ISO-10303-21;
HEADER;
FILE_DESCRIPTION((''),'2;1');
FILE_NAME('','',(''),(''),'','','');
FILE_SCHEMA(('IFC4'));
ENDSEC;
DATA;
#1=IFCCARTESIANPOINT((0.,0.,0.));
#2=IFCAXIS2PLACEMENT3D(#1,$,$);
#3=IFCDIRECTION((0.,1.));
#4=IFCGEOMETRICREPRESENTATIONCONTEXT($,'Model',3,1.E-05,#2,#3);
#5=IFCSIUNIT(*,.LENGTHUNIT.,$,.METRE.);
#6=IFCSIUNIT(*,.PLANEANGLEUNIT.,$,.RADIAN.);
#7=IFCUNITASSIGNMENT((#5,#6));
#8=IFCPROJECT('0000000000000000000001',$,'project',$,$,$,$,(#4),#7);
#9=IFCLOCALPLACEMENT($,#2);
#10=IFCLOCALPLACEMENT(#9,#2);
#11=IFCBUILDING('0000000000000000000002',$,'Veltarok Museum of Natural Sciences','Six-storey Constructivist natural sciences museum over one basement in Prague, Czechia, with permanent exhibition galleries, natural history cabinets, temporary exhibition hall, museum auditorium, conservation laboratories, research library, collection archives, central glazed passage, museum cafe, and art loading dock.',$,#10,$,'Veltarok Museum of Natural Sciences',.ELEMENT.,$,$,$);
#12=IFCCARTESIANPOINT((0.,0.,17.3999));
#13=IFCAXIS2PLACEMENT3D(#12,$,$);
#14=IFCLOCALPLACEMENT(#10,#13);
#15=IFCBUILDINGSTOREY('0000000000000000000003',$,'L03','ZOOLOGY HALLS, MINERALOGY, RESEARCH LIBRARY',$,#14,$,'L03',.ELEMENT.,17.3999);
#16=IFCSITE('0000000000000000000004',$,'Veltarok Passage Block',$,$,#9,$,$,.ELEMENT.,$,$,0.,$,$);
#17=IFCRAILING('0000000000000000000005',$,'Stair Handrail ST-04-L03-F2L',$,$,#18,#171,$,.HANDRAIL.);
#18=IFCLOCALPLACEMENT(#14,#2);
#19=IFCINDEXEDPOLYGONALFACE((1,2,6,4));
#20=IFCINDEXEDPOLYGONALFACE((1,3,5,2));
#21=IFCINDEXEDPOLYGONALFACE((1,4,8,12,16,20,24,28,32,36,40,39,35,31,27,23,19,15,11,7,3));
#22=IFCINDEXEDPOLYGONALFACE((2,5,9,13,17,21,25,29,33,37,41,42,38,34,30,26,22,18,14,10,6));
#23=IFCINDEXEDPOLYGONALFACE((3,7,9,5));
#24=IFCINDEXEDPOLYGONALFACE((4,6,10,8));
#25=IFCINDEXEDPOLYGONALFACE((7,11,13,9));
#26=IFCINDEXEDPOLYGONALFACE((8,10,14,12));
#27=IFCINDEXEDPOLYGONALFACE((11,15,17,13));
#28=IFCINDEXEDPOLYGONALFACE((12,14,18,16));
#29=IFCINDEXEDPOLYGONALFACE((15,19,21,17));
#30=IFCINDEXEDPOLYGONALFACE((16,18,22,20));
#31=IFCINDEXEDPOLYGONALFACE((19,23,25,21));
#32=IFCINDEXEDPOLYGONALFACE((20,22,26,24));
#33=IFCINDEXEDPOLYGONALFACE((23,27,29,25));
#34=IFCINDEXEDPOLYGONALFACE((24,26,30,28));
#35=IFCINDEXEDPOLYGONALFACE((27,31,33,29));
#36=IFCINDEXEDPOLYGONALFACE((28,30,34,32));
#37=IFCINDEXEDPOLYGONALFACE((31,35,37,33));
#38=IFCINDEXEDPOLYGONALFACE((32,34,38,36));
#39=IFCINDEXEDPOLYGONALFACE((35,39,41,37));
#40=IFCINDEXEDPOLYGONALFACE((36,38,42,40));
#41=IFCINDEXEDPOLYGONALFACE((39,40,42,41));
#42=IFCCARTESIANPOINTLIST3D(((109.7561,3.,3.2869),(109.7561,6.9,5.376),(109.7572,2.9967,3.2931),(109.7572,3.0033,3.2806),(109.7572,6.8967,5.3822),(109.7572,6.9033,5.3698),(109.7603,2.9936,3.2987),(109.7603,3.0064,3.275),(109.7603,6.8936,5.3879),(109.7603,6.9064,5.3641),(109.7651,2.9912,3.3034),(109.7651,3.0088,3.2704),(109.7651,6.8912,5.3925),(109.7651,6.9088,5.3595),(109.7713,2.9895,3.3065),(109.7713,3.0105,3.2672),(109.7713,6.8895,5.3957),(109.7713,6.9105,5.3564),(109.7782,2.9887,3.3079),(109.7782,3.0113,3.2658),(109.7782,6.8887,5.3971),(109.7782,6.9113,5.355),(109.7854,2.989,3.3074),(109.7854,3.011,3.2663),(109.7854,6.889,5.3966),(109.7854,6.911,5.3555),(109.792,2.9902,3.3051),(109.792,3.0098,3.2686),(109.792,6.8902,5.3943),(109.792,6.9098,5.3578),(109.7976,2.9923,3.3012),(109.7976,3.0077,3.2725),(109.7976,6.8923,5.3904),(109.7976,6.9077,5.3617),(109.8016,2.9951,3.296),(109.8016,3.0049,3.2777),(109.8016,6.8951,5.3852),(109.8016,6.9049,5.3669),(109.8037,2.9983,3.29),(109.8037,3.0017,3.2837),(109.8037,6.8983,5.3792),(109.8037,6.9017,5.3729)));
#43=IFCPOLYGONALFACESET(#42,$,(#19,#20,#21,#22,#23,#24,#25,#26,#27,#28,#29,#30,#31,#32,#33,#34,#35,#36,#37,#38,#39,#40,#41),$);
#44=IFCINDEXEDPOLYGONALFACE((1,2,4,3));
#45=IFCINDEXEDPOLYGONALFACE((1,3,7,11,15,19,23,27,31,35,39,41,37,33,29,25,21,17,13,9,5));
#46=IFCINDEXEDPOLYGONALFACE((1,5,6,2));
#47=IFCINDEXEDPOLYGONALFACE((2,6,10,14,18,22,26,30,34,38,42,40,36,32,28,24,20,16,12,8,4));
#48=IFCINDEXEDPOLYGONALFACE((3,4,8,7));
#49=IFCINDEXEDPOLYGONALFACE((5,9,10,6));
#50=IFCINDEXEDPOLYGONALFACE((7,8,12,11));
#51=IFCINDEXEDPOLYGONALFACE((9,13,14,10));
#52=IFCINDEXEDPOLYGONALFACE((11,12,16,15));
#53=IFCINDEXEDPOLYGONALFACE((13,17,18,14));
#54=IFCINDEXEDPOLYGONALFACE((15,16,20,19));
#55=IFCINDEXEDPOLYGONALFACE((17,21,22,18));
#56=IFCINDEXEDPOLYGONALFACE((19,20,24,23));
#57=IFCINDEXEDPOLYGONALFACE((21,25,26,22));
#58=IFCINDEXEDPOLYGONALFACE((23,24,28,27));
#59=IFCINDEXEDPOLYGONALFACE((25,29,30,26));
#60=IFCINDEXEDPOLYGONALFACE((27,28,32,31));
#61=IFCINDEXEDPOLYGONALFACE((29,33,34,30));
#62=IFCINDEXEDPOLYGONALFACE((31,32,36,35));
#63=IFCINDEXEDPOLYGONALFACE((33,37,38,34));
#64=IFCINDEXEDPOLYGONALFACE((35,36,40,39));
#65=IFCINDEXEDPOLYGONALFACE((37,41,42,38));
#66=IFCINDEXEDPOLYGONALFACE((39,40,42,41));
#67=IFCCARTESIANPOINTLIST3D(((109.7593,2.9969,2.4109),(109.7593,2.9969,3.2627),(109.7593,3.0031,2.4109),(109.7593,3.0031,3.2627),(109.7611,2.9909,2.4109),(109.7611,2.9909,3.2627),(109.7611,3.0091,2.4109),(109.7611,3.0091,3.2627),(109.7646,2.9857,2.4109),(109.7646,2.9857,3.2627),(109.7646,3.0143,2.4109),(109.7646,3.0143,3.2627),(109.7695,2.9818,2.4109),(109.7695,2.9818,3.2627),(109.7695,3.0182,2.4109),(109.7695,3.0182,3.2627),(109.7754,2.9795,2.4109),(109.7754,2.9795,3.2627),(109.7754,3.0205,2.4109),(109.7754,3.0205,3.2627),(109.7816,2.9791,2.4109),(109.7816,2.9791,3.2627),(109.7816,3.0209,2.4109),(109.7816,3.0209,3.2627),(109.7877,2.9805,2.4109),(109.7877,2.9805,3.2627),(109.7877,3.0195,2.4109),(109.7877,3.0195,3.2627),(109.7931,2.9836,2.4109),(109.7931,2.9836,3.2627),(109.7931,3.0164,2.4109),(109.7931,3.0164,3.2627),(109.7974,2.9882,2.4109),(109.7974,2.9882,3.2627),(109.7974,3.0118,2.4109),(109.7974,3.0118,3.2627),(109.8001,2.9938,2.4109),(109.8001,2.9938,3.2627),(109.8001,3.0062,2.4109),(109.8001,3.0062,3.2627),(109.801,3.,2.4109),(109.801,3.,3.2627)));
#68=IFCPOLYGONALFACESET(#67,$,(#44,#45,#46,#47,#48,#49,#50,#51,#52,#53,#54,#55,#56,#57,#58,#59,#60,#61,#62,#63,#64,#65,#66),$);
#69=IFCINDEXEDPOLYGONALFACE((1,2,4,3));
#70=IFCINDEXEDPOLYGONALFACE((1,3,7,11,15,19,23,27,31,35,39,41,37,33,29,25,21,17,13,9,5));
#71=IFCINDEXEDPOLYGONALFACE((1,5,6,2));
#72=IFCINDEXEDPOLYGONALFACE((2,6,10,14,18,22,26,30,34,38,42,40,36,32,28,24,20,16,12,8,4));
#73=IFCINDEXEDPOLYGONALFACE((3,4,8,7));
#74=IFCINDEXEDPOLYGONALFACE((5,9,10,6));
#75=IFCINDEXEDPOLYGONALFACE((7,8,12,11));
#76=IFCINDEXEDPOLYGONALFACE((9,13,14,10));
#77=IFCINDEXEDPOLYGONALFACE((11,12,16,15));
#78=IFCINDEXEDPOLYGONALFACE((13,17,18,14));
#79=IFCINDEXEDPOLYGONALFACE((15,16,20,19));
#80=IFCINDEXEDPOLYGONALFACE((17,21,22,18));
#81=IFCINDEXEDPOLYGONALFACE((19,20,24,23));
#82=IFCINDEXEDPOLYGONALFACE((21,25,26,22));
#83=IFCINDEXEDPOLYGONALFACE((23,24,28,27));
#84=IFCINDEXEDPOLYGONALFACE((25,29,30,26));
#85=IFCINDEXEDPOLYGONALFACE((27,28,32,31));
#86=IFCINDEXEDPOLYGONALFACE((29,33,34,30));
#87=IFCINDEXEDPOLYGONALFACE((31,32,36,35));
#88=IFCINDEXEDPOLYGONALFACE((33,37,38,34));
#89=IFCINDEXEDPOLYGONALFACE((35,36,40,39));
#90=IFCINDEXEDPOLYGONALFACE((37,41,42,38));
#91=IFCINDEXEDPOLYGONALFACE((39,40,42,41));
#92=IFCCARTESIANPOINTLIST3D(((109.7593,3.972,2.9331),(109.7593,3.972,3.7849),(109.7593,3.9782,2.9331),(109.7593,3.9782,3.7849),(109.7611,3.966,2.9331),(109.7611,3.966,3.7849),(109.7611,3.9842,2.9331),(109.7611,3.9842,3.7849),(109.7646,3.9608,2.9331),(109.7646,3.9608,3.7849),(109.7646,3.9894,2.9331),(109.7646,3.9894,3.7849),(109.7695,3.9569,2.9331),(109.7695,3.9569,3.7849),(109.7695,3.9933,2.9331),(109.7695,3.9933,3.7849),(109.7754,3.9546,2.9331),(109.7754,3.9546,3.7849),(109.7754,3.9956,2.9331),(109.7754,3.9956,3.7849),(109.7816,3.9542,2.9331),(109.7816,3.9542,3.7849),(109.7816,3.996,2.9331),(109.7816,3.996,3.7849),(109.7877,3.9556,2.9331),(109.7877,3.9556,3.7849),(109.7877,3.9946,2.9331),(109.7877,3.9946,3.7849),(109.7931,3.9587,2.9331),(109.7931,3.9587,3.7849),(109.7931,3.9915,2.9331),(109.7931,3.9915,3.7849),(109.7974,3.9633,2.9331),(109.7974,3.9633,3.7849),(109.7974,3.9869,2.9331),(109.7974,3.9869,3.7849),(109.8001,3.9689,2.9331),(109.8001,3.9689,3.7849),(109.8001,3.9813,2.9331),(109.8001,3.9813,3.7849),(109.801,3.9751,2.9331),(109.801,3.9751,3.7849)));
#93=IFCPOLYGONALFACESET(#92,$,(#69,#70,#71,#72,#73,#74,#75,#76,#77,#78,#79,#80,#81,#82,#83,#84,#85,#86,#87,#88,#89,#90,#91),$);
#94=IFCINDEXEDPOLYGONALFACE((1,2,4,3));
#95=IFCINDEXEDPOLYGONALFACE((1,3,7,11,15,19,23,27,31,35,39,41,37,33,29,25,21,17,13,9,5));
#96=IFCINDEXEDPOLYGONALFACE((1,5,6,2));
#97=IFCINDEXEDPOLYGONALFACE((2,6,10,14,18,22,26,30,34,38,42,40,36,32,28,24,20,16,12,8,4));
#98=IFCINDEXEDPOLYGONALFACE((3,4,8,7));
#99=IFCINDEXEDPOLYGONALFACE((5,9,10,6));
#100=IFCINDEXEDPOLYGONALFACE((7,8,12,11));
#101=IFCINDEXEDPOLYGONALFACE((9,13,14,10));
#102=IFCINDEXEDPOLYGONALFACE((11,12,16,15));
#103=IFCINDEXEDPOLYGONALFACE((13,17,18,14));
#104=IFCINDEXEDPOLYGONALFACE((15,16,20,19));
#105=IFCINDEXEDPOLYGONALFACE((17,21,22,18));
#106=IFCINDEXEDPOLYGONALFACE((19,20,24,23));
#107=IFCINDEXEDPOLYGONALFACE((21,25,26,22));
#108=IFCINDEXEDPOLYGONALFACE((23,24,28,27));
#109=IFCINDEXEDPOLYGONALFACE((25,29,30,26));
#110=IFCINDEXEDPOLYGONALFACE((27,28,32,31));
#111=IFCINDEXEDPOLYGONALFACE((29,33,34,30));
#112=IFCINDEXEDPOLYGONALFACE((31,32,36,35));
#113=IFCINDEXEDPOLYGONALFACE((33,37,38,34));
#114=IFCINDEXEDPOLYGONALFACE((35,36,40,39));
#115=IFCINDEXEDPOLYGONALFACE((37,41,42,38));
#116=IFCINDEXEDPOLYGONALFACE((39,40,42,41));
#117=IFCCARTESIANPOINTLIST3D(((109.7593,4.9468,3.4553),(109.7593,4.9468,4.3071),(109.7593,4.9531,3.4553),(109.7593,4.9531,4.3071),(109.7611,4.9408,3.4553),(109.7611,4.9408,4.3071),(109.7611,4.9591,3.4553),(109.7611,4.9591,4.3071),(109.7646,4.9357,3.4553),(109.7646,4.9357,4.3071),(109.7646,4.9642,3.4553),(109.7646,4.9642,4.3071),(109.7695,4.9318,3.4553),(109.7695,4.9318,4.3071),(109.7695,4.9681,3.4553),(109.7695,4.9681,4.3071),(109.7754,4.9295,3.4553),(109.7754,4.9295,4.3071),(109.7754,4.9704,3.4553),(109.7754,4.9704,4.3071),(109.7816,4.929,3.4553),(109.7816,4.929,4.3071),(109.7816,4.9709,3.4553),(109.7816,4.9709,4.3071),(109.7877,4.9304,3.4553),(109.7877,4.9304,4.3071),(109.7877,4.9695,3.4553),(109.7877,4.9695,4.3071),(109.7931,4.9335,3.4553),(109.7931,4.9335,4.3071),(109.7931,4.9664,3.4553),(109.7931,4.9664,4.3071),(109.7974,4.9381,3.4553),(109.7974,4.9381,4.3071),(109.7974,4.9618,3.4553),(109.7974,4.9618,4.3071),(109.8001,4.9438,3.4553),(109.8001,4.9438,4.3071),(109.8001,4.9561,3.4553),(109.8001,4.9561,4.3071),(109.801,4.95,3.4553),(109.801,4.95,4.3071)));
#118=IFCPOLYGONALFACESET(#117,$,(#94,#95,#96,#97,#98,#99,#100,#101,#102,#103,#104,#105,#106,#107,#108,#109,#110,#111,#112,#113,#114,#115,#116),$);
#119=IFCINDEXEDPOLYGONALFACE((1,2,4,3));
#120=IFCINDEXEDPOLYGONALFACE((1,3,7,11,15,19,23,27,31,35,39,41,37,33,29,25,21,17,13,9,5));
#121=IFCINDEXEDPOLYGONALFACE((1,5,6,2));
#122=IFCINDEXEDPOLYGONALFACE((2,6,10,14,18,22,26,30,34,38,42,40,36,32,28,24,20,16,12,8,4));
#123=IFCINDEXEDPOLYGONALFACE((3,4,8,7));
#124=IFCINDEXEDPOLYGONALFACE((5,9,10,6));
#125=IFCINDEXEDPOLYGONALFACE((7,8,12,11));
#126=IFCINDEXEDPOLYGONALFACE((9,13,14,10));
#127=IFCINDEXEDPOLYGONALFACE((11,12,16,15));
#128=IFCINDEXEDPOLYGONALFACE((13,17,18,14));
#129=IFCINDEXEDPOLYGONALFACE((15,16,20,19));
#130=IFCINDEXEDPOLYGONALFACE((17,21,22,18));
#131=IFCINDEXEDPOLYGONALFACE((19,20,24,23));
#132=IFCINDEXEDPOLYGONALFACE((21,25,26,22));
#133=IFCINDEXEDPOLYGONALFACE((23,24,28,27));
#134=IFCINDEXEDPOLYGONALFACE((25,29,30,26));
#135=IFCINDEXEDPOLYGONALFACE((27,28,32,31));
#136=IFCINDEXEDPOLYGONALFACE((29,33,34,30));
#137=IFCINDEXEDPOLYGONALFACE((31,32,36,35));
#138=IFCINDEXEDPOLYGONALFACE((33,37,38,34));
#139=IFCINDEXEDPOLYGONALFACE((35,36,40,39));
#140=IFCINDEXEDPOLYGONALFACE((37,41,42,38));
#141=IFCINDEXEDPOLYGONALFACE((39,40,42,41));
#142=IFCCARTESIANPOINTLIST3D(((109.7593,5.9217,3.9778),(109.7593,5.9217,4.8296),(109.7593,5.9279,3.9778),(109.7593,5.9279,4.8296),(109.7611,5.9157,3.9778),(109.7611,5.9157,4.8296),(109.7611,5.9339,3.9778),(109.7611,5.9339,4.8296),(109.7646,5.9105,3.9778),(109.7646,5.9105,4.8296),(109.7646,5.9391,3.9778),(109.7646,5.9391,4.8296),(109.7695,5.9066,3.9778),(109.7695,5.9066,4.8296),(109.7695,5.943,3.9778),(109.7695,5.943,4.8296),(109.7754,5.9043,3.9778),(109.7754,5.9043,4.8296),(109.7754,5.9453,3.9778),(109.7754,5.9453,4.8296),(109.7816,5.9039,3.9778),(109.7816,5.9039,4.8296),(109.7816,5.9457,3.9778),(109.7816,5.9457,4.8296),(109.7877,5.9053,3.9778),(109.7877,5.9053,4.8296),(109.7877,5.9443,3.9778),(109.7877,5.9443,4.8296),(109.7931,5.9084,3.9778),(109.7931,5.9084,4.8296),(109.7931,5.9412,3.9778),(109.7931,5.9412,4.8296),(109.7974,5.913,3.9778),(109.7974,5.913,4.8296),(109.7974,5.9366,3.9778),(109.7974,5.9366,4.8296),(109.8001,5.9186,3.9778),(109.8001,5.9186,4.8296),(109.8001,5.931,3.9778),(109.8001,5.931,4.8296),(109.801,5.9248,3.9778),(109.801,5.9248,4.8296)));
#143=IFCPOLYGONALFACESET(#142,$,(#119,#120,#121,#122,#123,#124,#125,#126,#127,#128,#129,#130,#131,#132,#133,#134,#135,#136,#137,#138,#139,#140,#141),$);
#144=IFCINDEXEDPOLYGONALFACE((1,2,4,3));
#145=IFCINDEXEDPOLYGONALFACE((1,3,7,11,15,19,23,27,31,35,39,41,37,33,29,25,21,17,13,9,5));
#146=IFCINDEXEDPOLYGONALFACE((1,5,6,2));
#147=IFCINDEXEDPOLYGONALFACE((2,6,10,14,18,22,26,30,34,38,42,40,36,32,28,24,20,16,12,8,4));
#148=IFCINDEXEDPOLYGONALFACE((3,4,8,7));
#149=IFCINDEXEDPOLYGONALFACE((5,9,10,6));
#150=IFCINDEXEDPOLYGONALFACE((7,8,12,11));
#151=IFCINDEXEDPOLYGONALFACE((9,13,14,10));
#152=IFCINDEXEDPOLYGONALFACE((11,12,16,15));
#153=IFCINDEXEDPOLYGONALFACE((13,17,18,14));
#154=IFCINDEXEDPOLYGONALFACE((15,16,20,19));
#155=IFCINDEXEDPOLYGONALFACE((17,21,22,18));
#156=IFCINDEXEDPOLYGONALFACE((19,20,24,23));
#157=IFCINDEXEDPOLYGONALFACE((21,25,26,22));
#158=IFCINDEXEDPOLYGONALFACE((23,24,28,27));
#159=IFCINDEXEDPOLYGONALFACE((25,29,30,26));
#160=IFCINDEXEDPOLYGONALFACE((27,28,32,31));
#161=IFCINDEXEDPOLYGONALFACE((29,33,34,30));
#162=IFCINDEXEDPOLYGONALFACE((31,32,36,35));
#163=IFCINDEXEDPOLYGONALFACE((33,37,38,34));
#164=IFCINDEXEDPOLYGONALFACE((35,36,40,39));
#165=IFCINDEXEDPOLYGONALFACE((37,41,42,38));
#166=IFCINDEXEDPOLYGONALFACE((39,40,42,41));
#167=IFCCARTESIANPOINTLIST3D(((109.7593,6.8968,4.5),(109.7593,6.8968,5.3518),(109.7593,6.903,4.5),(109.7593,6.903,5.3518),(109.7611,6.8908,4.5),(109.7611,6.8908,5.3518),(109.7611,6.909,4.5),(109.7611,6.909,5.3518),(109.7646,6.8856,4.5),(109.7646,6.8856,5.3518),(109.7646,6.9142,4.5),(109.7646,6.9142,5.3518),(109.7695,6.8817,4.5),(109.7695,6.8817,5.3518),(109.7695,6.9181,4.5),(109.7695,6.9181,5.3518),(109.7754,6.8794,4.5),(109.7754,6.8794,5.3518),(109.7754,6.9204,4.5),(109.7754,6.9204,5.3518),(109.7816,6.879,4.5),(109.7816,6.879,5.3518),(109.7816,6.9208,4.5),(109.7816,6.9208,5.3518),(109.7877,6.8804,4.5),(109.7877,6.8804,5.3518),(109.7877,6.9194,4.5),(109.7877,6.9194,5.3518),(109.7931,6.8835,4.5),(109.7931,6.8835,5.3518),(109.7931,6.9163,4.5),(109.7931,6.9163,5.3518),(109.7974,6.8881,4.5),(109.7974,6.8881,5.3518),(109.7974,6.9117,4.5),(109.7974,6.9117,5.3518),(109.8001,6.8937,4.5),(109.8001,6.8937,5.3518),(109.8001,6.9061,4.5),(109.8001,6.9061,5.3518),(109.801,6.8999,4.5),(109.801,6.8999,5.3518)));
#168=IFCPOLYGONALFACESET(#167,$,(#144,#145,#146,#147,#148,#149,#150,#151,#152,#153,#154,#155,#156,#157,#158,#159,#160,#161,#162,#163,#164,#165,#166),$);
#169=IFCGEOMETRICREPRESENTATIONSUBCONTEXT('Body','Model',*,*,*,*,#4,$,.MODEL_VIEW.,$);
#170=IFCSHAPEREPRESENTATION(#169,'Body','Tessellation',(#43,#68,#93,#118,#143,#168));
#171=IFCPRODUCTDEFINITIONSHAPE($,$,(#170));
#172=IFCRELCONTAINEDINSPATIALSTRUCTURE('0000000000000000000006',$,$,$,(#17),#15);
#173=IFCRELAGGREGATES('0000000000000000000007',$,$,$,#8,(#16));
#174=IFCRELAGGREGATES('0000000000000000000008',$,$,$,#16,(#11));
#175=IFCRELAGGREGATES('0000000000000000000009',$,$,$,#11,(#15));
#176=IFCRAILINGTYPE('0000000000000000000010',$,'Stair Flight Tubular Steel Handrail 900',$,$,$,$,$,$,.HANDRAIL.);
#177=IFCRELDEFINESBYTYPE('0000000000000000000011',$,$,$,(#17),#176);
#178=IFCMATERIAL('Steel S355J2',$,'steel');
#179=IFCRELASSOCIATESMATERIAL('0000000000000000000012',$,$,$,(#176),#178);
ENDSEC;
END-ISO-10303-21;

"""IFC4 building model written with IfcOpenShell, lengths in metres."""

from ifc_helpers import new_model, si_unit, direction, frame, origin, origin_2d, place, context, subcontext, project, spatial, circle, extrude, material, type_object, element, save


model = new_model("IFC4")

# Units and contexts
model_context = context("Model", 3, precision=1e-05, world=origin(), true_north=direction((0.0, 1.0)))
body_context = subcontext(model_context, "Body", "Model", "MODEL_VIEW")
ifc_project = project(units=[si_unit("LENGTHUNIT", "METRE"), si_unit("PLANEANGLEUNIT", "RADIAN")], contexts=[model_context])

# Site, building, storey
site_placement = place(None, origin())
site = spatial("IfcSite", under=ifc_project, at=site_placement, Name="Veltarok Passage Block", CompositionType="ELEMENT", RefElevation=0.0)
building_placement = place(site_placement, origin())
building = spatial("IfcBuilding", under=site, at=building_placement, Name="Veltarok Museum of Natural Sciences", Description="Six-storey Constructivist natural sciences museum over one basement in Prague, Czechia, with permanent exhibition galleries, natural history cabinets, temporary exhibition hall, museum auditorium, conservation laboratories, research library, collection archives, central glazed passage, museum cafe, and art loading dock.", LongName="Veltarok Museum of Natural Sciences", CompositionType="ELEMENT")
storey_placement = place(building_placement, frame((0.0, 0.0, 17.3999)))
storey = spatial("IfcBuildingStorey", under=building, at=storey_placement, Name="L03", Description="ZOOLOGY HALLS, MINERALOGY, RESEARCH LIBRARY", LongName="L03", CompositionType="ELEMENT", Elevation=17.3999)

# Shared definitions
ifc_material_1 = material(Name="Steel S355J2", Category="steel")

# Railing
railing_type_1 = type_object("IfcRailingType", Name="Stair Flight Tubular Steel Handrail 900", PredefinedType="HANDRAIL", material=ifc_material_1)
for number, where, name in (
    (1, (109.78, 3.0, 2.4109), "Stair Handrail ST-04-L03-F2L"),
):
    element("IfcRailing", number, at=place(storey_placement, frame(where)), inside=storey, type_object=railing_type_1, Name=name, PredefinedType="HANDRAIL", context=body_context, shape_type="SweptSolid", body=[
        extrude(circle(Radius=0.0239, at=origin_2d()), frame((0.0, 0.0, 0.876), z_axis=(0.0, 0.881491, 0.4722), x_axis=(-1.0, 0.0, 0.0)), (0.0, 0.0, 1.0), 4.4243),
        extrude(circle(Radius=0.021, at=origin_2d()), origin(), (0.0, 0.0, 1.0), 0.8518),
        extrude(circle(Radius=0.021, at=origin_2d()), frame((0.0, 0.9751, 0.5222)), (0.0, 0.0, 1.0), 0.8518),
        extrude(circle(Radius=0.021, at=origin_2d()), frame((0.0, 1.95, 1.0444)), (0.0, 0.0, 1.0), 0.8518),
        extrude(circle(Radius=0.021, at=origin_2d()), frame((0.0, 2.9248, 1.5669)), (0.0, 0.0, 1.0), 0.8518),
        extrude(circle(Radius=0.021, at=origin_2d()), frame((0.0, 3.8999, 2.0891)), (0.0, 0.0, 1.0), 0.8518),
    ])

save(model, "model.ifc")
